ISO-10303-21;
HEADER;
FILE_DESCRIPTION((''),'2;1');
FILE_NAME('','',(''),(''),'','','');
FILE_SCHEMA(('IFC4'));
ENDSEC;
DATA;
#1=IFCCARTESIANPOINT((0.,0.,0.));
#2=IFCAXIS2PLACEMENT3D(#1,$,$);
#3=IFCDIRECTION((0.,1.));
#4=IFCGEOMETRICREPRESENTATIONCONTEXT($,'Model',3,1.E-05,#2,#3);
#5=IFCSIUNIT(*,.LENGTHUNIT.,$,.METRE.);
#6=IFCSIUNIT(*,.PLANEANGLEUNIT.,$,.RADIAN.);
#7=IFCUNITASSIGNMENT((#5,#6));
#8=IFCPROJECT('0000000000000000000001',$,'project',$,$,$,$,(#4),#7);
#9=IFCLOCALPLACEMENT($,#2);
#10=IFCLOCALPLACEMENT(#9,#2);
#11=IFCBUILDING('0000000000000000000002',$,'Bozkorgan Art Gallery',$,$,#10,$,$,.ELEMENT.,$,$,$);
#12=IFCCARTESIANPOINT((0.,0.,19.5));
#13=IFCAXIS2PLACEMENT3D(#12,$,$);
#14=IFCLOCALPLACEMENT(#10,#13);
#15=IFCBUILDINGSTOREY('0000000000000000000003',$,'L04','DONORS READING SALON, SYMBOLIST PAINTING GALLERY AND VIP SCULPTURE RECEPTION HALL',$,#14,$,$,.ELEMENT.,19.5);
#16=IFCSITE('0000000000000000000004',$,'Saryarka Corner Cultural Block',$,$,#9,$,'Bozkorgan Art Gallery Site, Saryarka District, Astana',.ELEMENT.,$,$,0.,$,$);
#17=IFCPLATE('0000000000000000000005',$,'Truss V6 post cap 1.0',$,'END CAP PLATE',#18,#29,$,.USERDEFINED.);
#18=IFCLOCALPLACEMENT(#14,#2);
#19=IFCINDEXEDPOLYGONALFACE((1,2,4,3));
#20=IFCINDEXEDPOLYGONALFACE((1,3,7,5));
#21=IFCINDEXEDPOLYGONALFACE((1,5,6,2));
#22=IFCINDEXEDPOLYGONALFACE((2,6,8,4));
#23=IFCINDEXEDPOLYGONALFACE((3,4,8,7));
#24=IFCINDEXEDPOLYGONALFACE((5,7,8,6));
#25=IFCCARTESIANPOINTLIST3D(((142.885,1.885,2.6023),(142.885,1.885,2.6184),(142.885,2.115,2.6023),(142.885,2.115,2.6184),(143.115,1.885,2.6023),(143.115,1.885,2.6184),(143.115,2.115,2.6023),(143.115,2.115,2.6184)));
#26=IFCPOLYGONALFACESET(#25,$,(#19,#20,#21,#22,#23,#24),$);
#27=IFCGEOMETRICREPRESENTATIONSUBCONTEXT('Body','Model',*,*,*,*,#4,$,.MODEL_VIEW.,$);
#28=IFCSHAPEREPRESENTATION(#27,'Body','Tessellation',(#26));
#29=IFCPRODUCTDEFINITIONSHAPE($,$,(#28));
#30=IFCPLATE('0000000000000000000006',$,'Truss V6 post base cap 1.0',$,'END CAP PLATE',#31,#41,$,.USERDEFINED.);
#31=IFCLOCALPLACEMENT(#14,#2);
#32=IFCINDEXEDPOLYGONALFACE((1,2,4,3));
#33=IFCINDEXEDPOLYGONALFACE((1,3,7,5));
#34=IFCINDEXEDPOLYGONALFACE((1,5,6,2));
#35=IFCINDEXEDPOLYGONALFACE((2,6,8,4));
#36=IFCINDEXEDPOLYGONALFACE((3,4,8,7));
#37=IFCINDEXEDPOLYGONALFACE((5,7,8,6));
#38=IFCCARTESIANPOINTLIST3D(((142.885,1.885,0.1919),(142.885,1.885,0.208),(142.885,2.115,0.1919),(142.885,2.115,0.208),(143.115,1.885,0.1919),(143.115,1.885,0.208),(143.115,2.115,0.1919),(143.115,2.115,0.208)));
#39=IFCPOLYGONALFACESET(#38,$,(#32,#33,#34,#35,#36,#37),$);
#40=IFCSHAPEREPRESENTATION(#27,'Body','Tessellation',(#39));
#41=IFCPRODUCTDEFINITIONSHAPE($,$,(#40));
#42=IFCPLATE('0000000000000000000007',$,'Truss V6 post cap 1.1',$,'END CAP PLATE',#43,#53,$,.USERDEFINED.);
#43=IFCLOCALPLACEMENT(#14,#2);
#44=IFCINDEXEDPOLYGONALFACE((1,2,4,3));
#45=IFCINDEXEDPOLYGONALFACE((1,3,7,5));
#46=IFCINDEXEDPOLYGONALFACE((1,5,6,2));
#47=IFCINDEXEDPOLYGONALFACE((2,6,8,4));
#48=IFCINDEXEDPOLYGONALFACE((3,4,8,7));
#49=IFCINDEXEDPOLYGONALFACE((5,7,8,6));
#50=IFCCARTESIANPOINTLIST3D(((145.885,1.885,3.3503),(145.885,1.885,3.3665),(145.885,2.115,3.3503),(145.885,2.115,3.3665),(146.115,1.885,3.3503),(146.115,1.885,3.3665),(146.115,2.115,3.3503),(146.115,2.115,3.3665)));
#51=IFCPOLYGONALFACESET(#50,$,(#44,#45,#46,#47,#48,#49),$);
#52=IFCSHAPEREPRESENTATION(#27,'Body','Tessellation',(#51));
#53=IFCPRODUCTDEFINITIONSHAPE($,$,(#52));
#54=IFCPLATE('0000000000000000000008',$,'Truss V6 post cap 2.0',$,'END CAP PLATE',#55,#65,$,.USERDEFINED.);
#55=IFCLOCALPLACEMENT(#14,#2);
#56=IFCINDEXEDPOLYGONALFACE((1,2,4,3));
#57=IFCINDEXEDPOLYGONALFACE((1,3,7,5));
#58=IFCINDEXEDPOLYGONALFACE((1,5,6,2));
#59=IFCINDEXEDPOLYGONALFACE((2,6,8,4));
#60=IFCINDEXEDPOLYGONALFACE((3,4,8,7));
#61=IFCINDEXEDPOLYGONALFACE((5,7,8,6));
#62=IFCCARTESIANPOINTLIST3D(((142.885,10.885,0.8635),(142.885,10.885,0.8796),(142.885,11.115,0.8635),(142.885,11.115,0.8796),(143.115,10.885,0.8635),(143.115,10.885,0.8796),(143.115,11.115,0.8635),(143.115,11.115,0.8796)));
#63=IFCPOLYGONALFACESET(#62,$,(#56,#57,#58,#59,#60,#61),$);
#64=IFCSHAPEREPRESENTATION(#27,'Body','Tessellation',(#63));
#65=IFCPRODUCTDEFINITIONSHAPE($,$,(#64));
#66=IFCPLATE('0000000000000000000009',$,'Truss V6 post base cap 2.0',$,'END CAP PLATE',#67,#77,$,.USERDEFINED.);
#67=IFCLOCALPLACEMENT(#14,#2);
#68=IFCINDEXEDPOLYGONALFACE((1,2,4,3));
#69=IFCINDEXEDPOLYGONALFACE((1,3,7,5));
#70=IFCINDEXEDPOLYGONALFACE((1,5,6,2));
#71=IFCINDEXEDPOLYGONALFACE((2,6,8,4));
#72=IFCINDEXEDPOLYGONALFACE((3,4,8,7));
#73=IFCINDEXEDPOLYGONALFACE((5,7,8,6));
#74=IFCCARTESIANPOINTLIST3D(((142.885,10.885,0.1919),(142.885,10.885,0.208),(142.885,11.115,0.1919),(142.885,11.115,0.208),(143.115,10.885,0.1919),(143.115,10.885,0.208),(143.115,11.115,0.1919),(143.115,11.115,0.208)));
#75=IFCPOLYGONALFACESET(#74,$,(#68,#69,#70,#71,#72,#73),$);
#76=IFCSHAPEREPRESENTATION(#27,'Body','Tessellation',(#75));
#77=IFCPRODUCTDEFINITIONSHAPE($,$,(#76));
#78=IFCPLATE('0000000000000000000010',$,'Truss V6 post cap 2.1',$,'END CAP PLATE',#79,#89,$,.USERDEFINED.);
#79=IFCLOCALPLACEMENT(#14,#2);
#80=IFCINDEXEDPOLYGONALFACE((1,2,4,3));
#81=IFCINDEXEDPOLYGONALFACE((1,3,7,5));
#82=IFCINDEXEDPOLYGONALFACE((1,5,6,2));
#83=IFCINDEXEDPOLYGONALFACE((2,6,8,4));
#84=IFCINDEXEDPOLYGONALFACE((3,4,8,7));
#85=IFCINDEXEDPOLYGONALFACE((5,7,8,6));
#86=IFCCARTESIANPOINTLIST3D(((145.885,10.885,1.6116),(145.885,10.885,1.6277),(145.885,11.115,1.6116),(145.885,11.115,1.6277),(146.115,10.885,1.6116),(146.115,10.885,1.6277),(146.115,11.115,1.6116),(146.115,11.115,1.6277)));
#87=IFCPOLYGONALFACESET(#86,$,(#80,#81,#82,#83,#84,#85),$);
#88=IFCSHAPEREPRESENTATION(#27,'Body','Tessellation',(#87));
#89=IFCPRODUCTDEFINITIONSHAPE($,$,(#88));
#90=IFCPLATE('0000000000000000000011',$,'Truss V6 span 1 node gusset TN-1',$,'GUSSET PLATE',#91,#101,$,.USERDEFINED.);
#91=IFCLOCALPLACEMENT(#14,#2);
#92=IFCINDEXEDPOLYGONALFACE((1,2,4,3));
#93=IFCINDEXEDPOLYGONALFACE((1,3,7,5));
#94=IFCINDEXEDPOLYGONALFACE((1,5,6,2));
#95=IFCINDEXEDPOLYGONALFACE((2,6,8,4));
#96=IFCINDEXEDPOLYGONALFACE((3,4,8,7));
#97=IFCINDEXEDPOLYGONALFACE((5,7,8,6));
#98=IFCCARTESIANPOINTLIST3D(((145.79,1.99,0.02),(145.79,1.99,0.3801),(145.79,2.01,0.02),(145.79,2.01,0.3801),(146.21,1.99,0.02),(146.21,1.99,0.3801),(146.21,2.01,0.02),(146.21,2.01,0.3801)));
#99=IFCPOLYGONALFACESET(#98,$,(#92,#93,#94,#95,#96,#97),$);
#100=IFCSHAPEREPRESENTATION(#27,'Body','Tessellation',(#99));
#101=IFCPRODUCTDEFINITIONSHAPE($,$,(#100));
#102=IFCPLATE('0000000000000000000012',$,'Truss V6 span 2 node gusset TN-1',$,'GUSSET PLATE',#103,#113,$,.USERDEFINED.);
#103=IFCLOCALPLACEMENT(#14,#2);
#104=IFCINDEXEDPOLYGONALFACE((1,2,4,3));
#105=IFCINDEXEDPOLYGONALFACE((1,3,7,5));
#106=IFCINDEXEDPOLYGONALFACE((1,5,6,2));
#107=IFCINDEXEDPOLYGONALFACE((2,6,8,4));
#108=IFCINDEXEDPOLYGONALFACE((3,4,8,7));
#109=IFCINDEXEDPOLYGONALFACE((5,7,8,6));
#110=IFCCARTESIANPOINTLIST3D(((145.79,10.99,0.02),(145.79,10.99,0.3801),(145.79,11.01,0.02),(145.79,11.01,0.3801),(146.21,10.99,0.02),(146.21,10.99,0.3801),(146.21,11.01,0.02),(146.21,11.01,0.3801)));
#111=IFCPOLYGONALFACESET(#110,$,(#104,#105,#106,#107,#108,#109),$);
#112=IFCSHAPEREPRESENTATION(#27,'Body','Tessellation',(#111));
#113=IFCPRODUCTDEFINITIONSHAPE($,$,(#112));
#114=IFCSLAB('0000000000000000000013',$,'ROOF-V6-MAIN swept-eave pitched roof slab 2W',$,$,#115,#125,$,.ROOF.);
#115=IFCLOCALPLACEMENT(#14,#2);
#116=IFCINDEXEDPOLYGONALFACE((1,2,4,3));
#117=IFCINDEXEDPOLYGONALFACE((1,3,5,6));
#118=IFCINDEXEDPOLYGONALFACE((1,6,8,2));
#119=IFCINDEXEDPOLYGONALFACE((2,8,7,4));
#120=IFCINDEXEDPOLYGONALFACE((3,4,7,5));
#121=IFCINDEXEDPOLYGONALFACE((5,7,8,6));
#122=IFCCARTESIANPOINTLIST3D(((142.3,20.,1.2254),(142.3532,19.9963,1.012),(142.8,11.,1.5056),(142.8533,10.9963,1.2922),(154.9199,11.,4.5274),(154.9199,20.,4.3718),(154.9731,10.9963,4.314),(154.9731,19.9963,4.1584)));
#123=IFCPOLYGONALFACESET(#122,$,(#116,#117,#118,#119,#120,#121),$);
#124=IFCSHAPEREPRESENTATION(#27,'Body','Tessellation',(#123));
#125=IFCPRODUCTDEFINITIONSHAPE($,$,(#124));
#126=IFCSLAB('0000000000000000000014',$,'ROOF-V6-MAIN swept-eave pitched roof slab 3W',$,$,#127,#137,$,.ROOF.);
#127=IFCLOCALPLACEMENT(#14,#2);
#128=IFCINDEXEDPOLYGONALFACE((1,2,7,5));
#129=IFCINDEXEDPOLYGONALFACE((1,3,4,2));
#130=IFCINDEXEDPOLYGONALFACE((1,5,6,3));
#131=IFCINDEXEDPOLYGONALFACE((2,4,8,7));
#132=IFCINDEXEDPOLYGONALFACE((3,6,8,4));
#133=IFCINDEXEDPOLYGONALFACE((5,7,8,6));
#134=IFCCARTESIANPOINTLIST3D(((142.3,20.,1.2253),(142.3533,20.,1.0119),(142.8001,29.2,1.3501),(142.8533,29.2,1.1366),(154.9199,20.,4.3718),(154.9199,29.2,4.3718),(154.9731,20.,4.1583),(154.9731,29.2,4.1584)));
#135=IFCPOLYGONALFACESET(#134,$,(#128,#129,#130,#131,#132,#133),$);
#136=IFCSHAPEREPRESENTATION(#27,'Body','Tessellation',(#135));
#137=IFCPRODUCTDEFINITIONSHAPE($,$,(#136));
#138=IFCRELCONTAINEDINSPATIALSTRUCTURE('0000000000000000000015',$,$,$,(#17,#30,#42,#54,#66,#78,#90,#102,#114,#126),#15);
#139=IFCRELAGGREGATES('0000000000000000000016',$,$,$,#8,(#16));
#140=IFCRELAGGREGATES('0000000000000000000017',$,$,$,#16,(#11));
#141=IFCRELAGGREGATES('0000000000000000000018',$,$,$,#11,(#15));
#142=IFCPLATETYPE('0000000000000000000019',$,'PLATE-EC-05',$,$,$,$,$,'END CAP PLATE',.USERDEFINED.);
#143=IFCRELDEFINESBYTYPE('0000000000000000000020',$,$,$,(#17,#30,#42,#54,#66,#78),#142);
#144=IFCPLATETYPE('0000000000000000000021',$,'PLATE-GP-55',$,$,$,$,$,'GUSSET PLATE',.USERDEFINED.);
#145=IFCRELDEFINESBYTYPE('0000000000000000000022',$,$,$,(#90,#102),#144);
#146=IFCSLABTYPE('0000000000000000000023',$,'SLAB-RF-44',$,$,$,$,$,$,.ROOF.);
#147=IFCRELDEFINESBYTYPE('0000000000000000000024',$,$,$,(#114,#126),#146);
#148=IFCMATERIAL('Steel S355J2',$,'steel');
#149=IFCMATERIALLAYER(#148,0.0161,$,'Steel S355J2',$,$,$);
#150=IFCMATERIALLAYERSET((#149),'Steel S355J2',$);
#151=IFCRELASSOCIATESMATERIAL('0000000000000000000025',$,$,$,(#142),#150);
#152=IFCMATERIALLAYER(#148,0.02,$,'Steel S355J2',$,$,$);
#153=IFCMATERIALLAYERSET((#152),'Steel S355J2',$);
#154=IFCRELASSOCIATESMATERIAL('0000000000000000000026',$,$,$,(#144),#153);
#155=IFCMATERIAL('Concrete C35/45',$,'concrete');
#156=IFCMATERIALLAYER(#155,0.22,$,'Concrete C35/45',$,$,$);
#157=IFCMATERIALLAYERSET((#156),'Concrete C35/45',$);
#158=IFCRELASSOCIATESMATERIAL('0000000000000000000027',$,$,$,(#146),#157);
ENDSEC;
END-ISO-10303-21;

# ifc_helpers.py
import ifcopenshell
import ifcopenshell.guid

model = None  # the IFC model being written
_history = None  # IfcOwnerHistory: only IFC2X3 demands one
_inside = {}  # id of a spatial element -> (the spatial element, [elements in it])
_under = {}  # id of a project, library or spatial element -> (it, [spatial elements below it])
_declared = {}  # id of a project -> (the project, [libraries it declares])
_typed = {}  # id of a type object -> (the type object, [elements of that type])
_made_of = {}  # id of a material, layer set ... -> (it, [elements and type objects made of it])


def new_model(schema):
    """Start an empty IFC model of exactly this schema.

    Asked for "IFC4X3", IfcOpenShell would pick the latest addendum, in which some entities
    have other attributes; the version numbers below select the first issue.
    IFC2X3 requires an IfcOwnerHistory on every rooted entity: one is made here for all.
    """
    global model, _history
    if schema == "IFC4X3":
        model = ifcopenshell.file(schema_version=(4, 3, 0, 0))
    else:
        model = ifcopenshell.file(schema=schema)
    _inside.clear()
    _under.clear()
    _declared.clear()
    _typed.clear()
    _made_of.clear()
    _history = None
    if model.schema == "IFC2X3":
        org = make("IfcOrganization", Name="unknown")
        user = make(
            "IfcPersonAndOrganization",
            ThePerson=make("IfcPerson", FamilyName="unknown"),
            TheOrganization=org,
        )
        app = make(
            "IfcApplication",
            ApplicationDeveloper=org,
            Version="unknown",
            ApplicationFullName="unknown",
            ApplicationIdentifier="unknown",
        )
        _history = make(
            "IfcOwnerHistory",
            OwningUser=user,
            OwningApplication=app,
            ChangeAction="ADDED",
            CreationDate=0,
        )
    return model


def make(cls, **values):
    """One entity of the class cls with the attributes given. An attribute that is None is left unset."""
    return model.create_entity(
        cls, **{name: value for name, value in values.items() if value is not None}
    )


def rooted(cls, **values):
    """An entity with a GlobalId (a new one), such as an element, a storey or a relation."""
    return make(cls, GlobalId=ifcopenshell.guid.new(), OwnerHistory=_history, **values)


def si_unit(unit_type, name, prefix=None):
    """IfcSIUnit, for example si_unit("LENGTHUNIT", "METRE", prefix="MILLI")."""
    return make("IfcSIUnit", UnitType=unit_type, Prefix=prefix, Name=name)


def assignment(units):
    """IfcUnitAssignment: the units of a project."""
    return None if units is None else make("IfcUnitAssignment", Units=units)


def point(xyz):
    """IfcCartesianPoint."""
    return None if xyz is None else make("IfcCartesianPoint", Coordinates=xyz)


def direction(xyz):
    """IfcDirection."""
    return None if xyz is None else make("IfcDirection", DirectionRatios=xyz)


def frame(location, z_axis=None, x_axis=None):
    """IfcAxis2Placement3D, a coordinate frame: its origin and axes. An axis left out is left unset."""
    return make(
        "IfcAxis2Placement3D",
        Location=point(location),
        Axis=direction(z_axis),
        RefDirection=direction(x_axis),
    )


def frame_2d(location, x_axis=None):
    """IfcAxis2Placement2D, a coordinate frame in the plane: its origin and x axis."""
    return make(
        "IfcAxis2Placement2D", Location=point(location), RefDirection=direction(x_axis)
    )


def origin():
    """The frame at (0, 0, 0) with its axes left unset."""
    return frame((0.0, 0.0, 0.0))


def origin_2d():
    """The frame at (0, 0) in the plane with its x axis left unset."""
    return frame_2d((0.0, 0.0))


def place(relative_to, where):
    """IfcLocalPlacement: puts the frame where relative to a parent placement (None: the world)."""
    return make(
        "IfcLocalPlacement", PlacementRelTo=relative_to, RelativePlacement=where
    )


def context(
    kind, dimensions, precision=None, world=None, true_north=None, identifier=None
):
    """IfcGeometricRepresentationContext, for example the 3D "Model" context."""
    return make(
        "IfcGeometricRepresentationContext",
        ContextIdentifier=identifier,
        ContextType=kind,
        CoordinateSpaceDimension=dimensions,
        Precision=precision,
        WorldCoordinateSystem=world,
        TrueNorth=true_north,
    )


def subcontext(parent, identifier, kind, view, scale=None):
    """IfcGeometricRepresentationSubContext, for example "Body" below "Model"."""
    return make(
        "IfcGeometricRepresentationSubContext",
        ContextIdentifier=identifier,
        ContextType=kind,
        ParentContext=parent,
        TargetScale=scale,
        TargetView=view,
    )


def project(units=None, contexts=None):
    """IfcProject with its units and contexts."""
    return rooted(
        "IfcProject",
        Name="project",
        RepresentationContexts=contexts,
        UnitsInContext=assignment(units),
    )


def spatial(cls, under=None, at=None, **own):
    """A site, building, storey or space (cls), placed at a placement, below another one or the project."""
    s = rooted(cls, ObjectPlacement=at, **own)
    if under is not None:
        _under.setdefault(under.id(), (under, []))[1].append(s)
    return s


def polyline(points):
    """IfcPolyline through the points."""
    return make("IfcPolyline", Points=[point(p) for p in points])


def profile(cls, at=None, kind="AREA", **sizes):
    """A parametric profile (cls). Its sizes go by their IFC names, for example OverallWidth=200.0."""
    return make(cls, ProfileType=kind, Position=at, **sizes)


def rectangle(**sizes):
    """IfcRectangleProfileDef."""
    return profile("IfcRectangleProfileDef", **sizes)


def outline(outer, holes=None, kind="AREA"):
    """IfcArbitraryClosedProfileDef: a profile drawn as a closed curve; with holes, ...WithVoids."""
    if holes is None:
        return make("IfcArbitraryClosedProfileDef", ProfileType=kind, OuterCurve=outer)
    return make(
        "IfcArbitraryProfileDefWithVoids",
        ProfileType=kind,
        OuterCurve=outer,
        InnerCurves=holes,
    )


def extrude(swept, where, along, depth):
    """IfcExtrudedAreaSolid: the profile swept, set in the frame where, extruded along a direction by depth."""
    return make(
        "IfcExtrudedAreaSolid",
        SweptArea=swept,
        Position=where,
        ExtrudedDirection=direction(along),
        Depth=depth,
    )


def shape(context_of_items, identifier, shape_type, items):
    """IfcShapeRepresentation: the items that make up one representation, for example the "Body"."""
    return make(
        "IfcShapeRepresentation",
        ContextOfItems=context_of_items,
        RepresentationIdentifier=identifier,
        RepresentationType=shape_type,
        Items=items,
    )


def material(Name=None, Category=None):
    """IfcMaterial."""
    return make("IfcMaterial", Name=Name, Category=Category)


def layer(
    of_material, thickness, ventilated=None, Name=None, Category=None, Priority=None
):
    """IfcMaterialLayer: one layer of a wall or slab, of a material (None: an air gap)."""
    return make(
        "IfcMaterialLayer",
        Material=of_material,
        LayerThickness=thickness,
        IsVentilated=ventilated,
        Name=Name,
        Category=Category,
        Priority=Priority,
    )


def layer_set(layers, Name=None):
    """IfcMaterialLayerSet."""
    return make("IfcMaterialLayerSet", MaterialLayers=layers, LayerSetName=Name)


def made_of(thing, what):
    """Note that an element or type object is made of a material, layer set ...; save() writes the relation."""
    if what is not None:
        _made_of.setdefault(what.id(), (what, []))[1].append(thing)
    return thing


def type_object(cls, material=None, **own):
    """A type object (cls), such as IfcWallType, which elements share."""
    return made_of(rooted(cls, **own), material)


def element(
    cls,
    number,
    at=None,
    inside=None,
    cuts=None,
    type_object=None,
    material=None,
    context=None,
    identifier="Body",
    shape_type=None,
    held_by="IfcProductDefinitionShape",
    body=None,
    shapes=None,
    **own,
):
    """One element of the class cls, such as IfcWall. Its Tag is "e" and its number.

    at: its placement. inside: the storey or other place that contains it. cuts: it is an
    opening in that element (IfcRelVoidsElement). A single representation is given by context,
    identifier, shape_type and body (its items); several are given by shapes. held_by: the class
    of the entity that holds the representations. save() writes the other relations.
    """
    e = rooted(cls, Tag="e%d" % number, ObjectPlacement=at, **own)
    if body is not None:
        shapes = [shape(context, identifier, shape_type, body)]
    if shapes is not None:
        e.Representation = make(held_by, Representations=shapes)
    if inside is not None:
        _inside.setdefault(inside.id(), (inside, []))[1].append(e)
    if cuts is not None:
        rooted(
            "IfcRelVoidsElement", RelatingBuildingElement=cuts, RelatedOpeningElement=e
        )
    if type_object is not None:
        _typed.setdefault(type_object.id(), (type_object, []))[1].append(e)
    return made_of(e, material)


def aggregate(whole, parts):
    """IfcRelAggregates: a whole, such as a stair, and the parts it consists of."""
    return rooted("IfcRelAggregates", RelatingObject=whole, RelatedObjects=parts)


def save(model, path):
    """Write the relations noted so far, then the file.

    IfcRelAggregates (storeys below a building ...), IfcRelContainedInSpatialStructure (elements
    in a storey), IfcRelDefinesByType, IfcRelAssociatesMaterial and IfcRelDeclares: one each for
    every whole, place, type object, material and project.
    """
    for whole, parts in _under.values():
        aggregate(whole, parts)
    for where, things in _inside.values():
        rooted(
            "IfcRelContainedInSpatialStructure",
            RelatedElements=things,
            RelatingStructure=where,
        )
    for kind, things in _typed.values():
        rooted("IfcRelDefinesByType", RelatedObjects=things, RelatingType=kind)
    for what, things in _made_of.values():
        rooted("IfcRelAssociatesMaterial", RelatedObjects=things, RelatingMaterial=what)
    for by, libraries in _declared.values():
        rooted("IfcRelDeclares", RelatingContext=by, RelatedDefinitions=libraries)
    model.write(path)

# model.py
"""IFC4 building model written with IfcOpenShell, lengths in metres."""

from ifc_helpers import new_model, si_unit, direction, frame, origin, origin_2d, place, context, subcontext, project, spatial, polyline, rectangle, outline, extrude, material, layer, layer_set, type_object, element, save


model = new_model("IFC4")

# Units and contexts
model_context = context("Model", 3, precision=1e-05, world=origin(), true_north=direction((0.0, 1.0)))
body_context = subcontext(model_context, "Body", "Model", "MODEL_VIEW")
ifc_project = project(units=[si_unit("LENGTHUNIT", "METRE"), si_unit("PLANEANGLEUNIT", "RADIAN")], contexts=[model_context])

# Site, building, storey
site_placement = place(None, origin())
site = spatial("IfcSite", under=ifc_project, at=site_placement, Name="Saryarka Corner Cultural Block", LongName="Bozkorgan Art Gallery Site, Saryarka District, Astana", CompositionType="ELEMENT", RefElevation=0.0)
building_placement = place(site_placement, origin())
building = spatial("IfcBuilding", under=site, at=building_placement, Name="Bozkorgan Art Gallery", CompositionType="ELEMENT")
storey_placement = place(building_placement, frame((0.0, 0.0, 19.5)))
storey = spatial("IfcBuildingStorey", under=building, at=storey_placement, Name="L04", Description="DONORS READING SALON, SYMBOLIST PAINTING GALLERY AND VIP SCULPTURE RECEPTION HALL", CompositionType="ELEMENT", Elevation=19.5)

# Shared definitions
ifc_material_1 = material(Name="Steel S355J2", Category="steel")

# Plates
ifc_layer_1 = layer(ifc_material_1, 0.0161, Name="Steel S355J2")
ifc_layer_set_1 = layer_set([ifc_layer_1], Name="Steel S355J2")
plate_type_1 = type_object("IfcPlateType", Name="PLATE-EC-05", ElementType="END CAP PLATE", PredefinedType="USERDEFINED", material=ifc_layer_set_1)
for number, where, z_axis, x_axis, name in (
    (1, (143.0, 2.0, 2.6023), (0.0, 0.0, 1.0), (1.0, 0.0, 0.0), "Truss V6 post cap 1.0"),
    (2, (143.0, 2.0, 0.1919), (0.0, 0.0, 1.0), (1.0, 0.0, 0.0), "Truss V6 post base cap 1.0"),
    (3, (146.0, 2.0, 3.3503), (0.0, 0.0, 1.0), (1.0, 0.0, 0.0), "Truss V6 post cap 1.1"),
    (4, (143.0, 11.0, 0.8635), (0.0, 0.0, 1.0), (1.0, 0.0, 0.0), "Truss V6 post cap 2.0"),
    (5, (143.0, 11.0, 0.1919), (0.0, 0.0, 1.0), (1.0, 0.0, 0.0), "Truss V6 post base cap 2.0"),
    (6, (146.0, 11.0, 1.6116), (0.0, 0.0, 1.0), (1.0, 0.0, 0.0), "Truss V6 post cap 2.1"),
):
    element("IfcPlate", number, at=place(storey_placement, frame(where, z_axis=z_axis, x_axis=x_axis)), inside=storey, type_object=plate_type_1, Name=name, ObjectType="END CAP PLATE", PredefinedType="USERDEFINED", context=body_context, shape_type="SweptSolid", body=[
        extrude(rectangle(XDim=0.23, YDim=0.23, at=origin_2d()), origin(), (0.0, 0.0, 1.0), 0.0161),
    ])
ifc_layer_2 = layer(ifc_material_1, 0.02, Name="Steel S355J2")
ifc_layer_set_2 = layer_set([ifc_layer_2], Name="Steel S355J2")
plate_type_2 = type_object("IfcPlateType", Name="PLATE-GP-55", ElementType="GUSSET PLATE", PredefinedType="USERDEFINED", material=ifc_layer_set_2)
for number, where, z_axis, x_axis, name in (
    (7, (146.0, 2.0, 0.02), (0.0, 0.0, 1.0), (1.0, 0.0, 0.0), "Truss V6 span 1 node gusset TN-1"),
    (8, (146.0, 11.0, 0.02), (0.0, 0.0, 1.0), (1.0, 0.0, 0.0), "Truss V6 span 2 node gusset TN-1"),
):
    element("IfcPlate", number, at=place(storey_placement, frame(where, z_axis=z_axis, x_axis=x_axis)), inside=storey, type_object=plate_type_2, Name=name, ObjectType="GUSSET PLATE", PredefinedType="USERDEFINED", context=body_context, shape_type="SweptSolid", body=[
        extrude(rectangle(XDim=0.4199, YDim=0.02, at=origin_2d()), origin(), (0.0, 0.0, 1.0), 0.3601),
    ])

# Slabs
ifc_material_2 = material(Name="Concrete C35/45", Category="concrete")
ifc_layer_3 = layer(ifc_material_2, 0.22, Name="Concrete C35/45")
ifc_layer_set_3 = layer_set([ifc_layer_3], Name="Concrete C35/45")
slab_type = type_object("IfcSlabType", Name="SLAB-RF-44", PredefinedType="ROOF", material=ifc_layer_set_3)
slab_1_placement = place(storey_placement, frame((142.8, 11.0, 1.5056), z_axis=(-0.241884, 0.016769, 0.97016), x_axis=(0.970297, 0.0, 0.241918)))
element("IfcSlab", 9, at=slab_1_placement, inside=storey, type_object=slab_type, Name="ROOF-V6-MAIN swept-eave pitched roof slab 2W", PredefinedType="ROOF", context=body_context, shape_type="SweptSolid", body=[
    extrude(outline(polyline([(0.0, 0.0), (12.4909, 0.0), (12.4533, 9.0013), (-0.553, 9.0013), (0.0, 0.0)])), origin(), (0.0, 0.0, -1.0), 0.22),
])
slab_2_placement = place(storey_placement, frame((142.3, 20.0, 1.2253), z_axis=(-0.241918, -0.000005, 0.970297), x_axis=(0.970297, 0.0, 0.241918)))
element("IfcSlab", 10, at=slab_2_placement, inside=storey, type_object=slab_type, Name="ROOF-V6-MAIN swept-eave pitched roof slab 3W", PredefinedType="ROOF", context=body_context, shape_type="SweptSolid", body=[
    extrude(outline(polyline([(0.0, 0.0), (13.0062, 0.0), (13.0062, 9.2), (0.5153, 9.2), (0.0, 0.0)])), origin(), (0.0, 0.0, -1.0), 0.22),
])

save(model, "model.ifc")
